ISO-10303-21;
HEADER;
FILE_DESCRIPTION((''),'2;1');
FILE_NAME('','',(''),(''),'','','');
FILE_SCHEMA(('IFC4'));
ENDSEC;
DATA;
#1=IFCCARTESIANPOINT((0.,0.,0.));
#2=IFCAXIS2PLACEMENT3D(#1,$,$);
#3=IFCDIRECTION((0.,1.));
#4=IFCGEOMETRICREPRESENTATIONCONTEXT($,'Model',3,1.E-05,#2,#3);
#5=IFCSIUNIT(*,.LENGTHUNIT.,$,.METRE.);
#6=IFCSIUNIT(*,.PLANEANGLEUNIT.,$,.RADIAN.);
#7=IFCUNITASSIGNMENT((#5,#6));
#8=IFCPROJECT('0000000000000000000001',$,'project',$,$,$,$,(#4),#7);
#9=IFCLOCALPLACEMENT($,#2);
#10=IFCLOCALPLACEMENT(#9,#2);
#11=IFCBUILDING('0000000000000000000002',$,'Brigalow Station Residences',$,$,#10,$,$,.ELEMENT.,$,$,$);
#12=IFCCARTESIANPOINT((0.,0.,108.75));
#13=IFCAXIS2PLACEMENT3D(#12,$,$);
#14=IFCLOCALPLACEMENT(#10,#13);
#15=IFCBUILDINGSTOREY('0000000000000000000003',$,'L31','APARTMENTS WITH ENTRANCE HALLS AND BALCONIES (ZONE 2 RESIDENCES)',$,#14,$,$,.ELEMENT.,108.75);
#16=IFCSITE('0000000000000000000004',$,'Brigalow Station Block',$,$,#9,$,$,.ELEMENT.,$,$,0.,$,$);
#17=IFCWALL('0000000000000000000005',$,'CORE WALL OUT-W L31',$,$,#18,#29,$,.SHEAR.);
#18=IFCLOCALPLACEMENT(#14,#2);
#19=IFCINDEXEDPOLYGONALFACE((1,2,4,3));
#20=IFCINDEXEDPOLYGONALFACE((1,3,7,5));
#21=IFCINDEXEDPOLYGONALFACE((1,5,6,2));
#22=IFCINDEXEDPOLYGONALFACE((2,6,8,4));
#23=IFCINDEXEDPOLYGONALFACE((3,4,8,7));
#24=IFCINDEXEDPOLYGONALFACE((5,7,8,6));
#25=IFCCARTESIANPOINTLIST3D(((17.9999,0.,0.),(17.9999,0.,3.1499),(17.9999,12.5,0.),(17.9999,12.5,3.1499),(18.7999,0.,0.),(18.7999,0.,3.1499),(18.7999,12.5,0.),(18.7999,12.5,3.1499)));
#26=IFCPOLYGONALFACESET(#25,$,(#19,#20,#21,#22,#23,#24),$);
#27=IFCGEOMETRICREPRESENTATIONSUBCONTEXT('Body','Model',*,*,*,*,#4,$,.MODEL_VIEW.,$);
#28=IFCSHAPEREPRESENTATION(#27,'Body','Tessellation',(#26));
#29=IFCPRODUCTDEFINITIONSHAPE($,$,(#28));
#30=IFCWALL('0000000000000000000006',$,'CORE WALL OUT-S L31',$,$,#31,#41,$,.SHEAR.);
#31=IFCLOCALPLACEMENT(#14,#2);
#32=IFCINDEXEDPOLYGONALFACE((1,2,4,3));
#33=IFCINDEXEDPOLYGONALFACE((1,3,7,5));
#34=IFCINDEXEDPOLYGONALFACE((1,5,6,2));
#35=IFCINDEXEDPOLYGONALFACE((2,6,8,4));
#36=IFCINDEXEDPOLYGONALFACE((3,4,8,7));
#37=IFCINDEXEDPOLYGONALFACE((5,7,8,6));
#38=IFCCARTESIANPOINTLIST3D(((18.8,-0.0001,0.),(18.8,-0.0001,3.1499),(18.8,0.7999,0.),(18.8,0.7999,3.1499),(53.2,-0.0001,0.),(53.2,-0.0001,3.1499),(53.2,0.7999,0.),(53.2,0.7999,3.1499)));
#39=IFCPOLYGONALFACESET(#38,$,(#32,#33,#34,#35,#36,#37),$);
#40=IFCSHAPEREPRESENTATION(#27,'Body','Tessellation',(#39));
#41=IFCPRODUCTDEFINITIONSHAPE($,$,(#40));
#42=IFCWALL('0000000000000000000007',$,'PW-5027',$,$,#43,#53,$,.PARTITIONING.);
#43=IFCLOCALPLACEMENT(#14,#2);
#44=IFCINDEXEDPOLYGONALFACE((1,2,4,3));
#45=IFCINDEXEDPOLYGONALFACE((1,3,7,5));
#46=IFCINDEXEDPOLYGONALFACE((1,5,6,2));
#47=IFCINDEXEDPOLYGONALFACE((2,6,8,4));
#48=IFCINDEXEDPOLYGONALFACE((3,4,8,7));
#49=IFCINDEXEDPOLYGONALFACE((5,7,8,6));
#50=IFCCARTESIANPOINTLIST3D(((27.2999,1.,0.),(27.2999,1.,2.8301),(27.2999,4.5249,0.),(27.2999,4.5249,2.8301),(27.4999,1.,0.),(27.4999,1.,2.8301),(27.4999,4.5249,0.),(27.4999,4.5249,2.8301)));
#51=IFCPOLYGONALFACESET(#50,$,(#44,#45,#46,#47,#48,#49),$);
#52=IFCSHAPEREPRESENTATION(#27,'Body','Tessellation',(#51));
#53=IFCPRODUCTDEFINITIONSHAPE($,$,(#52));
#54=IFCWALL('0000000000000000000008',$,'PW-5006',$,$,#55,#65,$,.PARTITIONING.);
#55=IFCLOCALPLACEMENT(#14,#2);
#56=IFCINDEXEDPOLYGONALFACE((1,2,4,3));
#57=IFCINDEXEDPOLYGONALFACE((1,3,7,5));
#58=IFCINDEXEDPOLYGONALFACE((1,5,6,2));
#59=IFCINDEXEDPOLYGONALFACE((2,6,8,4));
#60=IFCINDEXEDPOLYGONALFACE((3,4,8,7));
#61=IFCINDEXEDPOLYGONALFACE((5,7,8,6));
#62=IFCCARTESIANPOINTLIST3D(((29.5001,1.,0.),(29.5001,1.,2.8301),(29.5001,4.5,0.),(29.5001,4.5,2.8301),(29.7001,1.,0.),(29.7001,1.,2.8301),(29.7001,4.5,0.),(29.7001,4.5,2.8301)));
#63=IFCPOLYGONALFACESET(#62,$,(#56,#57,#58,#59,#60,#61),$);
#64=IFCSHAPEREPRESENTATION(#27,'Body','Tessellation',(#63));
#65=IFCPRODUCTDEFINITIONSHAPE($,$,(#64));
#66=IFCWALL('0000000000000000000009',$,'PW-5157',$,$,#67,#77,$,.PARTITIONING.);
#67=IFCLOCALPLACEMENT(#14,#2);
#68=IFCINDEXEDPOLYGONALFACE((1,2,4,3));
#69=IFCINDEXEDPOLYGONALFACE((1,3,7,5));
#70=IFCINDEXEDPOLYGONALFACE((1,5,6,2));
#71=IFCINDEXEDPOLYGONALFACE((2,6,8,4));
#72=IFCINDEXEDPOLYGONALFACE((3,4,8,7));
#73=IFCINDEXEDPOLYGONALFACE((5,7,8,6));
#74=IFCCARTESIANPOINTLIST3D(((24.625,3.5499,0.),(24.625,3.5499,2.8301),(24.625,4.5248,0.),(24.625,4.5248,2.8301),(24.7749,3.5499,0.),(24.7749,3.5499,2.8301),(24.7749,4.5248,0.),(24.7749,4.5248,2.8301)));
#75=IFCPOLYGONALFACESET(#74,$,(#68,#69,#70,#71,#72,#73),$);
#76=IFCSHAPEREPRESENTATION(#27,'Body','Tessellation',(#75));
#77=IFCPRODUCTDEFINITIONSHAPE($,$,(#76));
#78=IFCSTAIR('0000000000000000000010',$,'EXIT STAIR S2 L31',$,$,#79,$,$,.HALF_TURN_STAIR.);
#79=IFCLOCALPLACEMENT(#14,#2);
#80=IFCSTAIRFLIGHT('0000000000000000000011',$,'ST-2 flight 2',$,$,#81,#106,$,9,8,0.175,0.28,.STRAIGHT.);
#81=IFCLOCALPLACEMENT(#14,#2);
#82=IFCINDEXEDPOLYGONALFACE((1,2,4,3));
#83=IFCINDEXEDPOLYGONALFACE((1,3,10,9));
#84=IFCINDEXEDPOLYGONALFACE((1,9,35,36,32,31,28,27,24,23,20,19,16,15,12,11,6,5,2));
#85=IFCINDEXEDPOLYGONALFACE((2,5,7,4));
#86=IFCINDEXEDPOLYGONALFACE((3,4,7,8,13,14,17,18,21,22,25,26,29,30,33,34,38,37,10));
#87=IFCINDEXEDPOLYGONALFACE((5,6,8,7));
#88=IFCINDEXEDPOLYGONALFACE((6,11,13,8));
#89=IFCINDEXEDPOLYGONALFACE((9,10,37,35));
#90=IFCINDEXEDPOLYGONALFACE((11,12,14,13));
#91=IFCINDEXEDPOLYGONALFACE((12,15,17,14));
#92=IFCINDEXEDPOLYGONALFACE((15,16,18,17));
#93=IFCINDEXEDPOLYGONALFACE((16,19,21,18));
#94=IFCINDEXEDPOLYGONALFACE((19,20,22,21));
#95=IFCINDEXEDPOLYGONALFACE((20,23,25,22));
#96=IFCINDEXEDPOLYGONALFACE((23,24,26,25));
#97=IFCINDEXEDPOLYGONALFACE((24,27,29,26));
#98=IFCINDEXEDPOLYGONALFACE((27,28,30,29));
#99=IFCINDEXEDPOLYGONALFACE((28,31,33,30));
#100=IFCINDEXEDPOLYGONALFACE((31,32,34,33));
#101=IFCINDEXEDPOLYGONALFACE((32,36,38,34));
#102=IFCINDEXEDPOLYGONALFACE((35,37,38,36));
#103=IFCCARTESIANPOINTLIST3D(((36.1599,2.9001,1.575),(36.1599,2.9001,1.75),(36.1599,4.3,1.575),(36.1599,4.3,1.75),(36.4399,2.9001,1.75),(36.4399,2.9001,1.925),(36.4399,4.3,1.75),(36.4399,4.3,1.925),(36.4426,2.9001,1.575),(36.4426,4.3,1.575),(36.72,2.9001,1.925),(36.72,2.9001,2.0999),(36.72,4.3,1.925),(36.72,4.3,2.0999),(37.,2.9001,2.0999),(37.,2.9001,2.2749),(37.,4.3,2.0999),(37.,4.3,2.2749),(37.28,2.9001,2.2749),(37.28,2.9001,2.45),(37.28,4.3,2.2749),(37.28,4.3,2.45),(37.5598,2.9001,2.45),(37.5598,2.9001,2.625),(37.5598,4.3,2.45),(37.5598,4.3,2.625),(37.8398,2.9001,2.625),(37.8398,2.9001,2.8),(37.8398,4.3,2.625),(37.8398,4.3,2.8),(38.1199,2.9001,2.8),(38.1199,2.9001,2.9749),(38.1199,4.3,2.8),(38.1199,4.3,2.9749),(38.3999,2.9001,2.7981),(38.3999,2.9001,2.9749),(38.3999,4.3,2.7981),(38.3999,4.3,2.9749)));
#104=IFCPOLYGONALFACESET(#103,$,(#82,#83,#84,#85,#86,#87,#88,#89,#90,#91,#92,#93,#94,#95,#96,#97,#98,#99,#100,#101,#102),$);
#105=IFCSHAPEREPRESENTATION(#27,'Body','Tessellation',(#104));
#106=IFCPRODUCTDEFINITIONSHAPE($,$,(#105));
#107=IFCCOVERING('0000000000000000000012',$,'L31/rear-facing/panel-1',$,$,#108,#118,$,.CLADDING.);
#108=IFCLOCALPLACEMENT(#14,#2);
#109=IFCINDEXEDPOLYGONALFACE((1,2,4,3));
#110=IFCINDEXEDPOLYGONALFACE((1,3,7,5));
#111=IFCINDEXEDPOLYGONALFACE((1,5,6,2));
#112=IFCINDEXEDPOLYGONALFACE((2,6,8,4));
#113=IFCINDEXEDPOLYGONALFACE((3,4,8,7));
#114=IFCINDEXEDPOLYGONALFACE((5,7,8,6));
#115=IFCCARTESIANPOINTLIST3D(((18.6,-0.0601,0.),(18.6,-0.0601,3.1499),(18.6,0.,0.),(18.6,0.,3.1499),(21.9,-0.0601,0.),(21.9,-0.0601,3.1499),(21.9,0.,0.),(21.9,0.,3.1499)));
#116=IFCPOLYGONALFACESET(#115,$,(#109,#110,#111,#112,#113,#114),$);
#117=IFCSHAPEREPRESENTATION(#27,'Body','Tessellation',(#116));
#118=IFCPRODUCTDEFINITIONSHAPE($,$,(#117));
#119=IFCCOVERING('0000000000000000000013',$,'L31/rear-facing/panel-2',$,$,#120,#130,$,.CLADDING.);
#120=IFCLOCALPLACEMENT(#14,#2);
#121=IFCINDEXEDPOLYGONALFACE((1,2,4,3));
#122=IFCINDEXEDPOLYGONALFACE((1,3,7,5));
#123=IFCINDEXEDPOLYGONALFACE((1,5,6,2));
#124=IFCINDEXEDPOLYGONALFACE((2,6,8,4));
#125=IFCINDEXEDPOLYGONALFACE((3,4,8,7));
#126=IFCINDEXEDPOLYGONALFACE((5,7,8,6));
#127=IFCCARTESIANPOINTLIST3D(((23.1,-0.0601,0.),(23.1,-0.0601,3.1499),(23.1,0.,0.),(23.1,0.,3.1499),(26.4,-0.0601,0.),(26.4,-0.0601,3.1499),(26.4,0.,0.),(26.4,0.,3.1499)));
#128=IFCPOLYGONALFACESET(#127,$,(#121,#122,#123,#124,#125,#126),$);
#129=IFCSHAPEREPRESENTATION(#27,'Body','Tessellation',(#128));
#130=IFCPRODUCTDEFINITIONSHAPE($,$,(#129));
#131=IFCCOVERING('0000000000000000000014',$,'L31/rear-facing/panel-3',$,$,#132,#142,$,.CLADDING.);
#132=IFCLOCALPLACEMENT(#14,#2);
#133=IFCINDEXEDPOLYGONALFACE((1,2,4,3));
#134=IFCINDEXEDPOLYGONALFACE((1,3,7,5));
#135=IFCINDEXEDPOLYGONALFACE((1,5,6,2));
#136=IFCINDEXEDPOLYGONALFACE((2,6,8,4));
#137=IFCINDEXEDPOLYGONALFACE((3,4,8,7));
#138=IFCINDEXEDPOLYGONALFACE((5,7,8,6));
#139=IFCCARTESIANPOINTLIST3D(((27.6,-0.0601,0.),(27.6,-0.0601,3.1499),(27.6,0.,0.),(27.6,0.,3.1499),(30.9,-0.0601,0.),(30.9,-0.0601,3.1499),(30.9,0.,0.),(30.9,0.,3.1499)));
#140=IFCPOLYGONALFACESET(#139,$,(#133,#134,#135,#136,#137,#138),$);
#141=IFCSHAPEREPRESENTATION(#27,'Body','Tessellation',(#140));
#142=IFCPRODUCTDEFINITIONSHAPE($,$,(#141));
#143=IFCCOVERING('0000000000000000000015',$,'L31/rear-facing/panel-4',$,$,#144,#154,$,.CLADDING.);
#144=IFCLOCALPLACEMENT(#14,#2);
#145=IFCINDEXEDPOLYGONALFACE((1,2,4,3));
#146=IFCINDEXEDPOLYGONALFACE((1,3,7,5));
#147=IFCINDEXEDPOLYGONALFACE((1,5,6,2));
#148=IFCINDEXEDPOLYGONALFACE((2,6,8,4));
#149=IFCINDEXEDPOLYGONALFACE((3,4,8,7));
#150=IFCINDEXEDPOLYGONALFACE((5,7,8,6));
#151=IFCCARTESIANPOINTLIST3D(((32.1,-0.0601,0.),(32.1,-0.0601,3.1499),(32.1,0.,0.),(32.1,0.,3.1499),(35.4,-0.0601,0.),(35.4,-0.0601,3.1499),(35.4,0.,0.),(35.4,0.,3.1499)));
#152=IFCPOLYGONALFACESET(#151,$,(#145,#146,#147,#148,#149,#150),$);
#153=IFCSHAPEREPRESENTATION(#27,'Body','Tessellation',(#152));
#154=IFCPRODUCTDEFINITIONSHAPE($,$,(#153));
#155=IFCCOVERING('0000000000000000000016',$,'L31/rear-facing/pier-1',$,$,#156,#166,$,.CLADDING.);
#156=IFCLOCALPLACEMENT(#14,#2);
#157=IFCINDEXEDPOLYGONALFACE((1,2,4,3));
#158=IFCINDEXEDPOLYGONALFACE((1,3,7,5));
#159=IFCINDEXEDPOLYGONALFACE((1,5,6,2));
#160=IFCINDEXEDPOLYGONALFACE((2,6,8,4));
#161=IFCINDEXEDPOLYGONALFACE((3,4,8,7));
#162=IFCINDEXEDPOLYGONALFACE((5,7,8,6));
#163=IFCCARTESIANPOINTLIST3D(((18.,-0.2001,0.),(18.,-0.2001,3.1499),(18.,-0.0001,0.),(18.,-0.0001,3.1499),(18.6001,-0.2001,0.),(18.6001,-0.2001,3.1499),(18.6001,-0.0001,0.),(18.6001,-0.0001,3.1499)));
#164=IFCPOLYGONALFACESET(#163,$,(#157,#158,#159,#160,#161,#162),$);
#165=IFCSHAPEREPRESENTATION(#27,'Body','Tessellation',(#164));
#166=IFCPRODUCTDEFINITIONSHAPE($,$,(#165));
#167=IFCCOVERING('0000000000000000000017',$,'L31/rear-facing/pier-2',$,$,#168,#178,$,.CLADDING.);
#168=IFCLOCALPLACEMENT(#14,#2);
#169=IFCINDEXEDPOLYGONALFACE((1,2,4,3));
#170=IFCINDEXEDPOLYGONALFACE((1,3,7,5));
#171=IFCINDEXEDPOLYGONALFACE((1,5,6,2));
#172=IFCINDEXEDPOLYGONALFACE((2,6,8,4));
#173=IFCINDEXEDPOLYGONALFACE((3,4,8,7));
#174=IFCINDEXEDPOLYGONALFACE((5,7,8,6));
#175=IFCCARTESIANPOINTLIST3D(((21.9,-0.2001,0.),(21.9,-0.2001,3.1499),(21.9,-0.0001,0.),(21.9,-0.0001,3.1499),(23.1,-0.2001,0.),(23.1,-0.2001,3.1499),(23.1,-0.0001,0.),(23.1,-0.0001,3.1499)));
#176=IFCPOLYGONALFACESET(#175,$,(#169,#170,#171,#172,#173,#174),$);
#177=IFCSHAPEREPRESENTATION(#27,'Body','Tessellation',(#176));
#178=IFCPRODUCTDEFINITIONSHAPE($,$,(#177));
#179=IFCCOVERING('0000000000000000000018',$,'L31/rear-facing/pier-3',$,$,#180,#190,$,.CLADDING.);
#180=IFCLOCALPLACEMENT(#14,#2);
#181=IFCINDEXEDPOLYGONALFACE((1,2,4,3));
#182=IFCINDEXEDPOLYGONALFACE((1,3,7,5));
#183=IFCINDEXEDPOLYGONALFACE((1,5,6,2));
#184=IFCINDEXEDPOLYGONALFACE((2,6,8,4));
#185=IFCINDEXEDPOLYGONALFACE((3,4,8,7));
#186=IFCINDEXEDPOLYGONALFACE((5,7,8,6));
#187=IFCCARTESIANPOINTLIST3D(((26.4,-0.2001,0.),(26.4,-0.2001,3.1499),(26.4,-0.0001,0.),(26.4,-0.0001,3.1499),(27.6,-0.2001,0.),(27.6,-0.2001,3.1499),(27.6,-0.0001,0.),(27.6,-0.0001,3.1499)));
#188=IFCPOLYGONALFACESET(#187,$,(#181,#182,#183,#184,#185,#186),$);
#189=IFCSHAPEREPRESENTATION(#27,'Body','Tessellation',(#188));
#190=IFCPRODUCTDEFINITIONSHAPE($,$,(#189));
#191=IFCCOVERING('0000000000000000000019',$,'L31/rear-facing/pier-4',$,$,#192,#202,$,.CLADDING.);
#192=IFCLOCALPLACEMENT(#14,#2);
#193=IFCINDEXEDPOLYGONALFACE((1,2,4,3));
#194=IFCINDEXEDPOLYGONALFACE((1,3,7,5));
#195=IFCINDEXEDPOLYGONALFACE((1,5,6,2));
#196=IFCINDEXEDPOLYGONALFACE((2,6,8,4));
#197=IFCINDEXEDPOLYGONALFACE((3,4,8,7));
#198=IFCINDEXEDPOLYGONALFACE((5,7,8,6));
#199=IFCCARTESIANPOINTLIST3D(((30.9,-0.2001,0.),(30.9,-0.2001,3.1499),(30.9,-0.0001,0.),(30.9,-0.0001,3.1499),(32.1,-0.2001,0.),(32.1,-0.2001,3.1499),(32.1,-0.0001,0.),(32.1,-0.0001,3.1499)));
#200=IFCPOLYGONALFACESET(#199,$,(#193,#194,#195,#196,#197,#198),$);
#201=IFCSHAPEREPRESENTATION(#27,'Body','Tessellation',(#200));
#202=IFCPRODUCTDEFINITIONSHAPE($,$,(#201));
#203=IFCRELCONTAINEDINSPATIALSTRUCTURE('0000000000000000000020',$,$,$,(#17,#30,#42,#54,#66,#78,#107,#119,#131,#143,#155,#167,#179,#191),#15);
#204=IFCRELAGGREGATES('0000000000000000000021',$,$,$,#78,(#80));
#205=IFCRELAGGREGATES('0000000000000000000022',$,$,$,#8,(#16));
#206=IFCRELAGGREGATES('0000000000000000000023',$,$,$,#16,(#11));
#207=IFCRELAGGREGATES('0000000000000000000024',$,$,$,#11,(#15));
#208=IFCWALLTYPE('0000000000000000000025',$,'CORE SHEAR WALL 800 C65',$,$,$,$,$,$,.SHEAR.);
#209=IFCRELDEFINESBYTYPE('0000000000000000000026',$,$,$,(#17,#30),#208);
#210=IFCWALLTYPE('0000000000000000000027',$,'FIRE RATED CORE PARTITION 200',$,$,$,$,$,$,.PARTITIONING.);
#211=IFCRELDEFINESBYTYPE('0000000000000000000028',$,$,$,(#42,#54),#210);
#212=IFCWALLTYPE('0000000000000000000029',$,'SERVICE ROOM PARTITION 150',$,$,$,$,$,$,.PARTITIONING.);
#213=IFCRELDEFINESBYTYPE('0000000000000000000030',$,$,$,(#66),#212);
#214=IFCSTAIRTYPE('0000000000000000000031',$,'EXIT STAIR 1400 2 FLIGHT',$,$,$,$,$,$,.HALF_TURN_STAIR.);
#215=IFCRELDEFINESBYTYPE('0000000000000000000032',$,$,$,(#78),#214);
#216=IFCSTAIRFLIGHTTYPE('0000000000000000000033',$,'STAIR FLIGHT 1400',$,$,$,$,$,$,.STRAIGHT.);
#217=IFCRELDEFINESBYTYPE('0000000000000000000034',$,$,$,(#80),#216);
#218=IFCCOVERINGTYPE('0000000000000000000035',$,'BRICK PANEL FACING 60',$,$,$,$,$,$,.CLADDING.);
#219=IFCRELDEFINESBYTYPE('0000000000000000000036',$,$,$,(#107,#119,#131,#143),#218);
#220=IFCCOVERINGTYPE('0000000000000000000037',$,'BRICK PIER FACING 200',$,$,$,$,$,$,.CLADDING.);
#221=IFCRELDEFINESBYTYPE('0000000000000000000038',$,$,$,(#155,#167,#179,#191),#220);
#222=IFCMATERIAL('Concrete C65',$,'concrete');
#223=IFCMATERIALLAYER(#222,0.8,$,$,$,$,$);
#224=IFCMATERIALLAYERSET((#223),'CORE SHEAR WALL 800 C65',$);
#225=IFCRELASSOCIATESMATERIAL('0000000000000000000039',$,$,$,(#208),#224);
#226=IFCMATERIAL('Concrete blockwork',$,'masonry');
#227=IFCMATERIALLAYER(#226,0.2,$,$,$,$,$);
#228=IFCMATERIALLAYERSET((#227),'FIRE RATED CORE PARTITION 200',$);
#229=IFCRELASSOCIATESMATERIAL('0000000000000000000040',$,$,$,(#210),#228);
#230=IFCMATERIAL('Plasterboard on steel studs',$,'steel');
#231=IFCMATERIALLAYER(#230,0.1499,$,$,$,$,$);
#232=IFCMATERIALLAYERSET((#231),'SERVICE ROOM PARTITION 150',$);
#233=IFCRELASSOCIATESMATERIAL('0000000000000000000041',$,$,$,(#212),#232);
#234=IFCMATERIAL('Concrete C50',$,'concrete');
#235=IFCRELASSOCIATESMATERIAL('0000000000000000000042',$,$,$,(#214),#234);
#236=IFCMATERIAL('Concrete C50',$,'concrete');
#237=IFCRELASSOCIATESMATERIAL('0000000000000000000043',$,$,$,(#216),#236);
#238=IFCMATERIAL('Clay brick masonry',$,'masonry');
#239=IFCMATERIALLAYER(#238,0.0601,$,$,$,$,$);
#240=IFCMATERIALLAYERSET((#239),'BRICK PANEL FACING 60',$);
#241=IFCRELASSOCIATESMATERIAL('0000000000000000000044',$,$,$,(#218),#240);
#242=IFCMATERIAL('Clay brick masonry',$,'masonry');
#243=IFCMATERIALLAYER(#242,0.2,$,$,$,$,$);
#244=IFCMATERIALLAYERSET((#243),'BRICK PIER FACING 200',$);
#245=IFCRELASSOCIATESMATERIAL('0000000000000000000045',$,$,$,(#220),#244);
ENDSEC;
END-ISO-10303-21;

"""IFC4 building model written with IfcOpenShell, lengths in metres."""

from ifc_helpers import new_model, si_unit, direction, frame, frame_2d, origin, origin_2d, place, context, subcontext, project, spatial, polyline, rectangle, outline, extrude, material, layer, layer_set, type_object, element, aggregate, save


model = new_model("IFC4")

# Units and contexts
model_context = context("Model", 3, precision=1e-05, world=origin(), true_north=direction((0.0, 1.0)))
body_context = subcontext(model_context, "Body", "Model", "MODEL_VIEW")
ifc_project = project(units=[si_unit("LENGTHUNIT", "METRE"), si_unit("PLANEANGLEUNIT", "RADIAN")], contexts=[model_context])

# Site, building, storey
site_placement = place(None, origin())
site = spatial("IfcSite", under=ifc_project, at=site_placement, Name="Brigalow Station Block", CompositionType="ELEMENT", RefElevation=0.0)
building_placement = place(site_placement, origin())
building = spatial("IfcBuilding", under=site, at=building_placement, Name="Brigalow Station Residences", CompositionType="ELEMENT")
storey_placement = place(building_placement, frame((0.0, 0.0, 108.75)))
storey = spatial("IfcBuildingStorey", under=building, at=storey_placement, Name="L31", Description="APARTMENTS WITH ENTRANCE HALLS AND BALCONIES (ZONE 2 RESIDENCES)", CompositionType="ELEMENT", Elevation=108.75)

# Walls
ifc_material_1 = material(Name="Concrete C65", Category="concrete")
ifc_layer_1 = layer(ifc_material_1, 0.8)
ifc_layer_set_1 = layer_set([ifc_layer_1], Name="CORE SHEAR WALL 800 C65")
wall_type_1 = type_object("IfcWallType", Name="CORE SHEAR WALL 800 C65", PredefinedType="SHEAR", material=ifc_layer_set_1)
wall_1_placement = place(storey_placement, frame((18.3999, 0.0, 0.0), z_axis=(0.0, 0.0, 1.0), x_axis=(0.0, 1.0, 0.0)))
element("IfcWall", 1, at=wall_1_placement, inside=storey, type_object=wall_type_1, Name="CORE WALL OUT-W L31", PredefinedType="SHEAR", context=body_context, shape_type="SweptSolid", body=[
    extrude(rectangle(XDim=12.5, YDim=0.8, at=frame_2d((6.25, 0.0))), origin(), (0.0, 0.0, 1.0), 3.1499),
])
wall_2_placement = place(storey_placement, frame((18.8, 0.3999, 0.0), z_axis=(0.0, 0.0, 1.0), x_axis=(1.0, 0.0, 0.0)))
element("IfcWall", 2, at=wall_2_placement, inside=storey, type_object=wall_type_1, Name="CORE WALL OUT-S L31", PredefinedType="SHEAR", context=body_context, shape_type="SweptSolid", body=[
    extrude(rectangle(XDim=34.3999, YDim=0.8, at=frame_2d((17.2, 0.0))), origin(), (0.0, 0.0, 1.0), 3.1499),
])
ifc_material_2 = material(Name="Concrete blockwork", Category="masonry")
ifc_layer_2 = layer(ifc_material_2, 0.2)
ifc_layer_set_2 = layer_set([ifc_layer_2], Name="FIRE RATED CORE PARTITION 200")
wall_type_2 = type_object("IfcWallType", Name="FIRE RATED CORE PARTITION 200", PredefinedType="PARTITIONING", material=ifc_layer_set_2)
wall_3_placement = place(storey_placement, frame((27.3999, 1.0, 0.0), z_axis=(0.0, 0.0, 1.0), x_axis=(0.0, 1.0, 0.0)))
element("IfcWall", 3, at=wall_3_placement, inside=storey, type_object=wall_type_2, Name="PW-5027", PredefinedType="PARTITIONING", context=body_context, shape_type="SweptSolid", body=[
    extrude(rectangle(XDim=3.5249, YDim=0.2, at=frame_2d((1.7625, 0.0))), origin(), (0.0, 0.0, 1.0), 2.8301),
])
wall_4_placement = place(storey_placement, frame((29.6001, 1.0, 0.0), z_axis=(0.0, 0.0, 1.0), x_axis=(0.0, 1.0, 0.0)))
element("IfcWall", 4, at=wall_4_placement, inside=storey, type_object=wall_type_2, Name="PW-5006", PredefinedType="PARTITIONING", context=body_context, shape_type="SweptSolid", body=[
    extrude(rectangle(XDim=3.5, YDim=0.2, at=frame_2d((1.75, 0.0))), origin(), (0.0, 0.0, 1.0), 2.8301),
])
ifc_material_3 = material(Name="Plasterboard on steel studs", Category="steel")
ifc_layer_3 = layer(ifc_material_3, 0.1499)
ifc_layer_set_3 = layer_set([ifc_layer_3], Name="SERVICE ROOM PARTITION 150")
wall_type_3 = type_object("IfcWallType", Name="SERVICE ROOM PARTITION 150", PredefinedType="PARTITIONING", material=ifc_layer_set_3)
wall_5_placement = place(storey_placement, frame((24.7, 3.55, 0.0), z_axis=(0.0, 0.0, 1.0), x_axis=(0.0, 1.0, 0.0)))
element("IfcWall", 5, at=wall_5_placement, inside=storey, type_object=wall_type_3, Name="PW-5157", PredefinedType="PARTITIONING", context=body_context, shape_type="SweptSolid", body=[
    extrude(rectangle(XDim=0.9749, YDim=0.1499, at=frame_2d((0.4873, 0.0))), origin(), (0.0, 0.0, 1.0), 2.8301),
])

# Stair, stair flight
ifc_material_4 = material(Name="Concrete C50", Category="concrete")
stair_type = type_object("IfcStairType", Name="EXIT STAIR 1400 2 FLIGHT", PredefinedType="HALF_TURN_STAIR", material=ifc_material_4)
stair_placement = place(storey_placement, origin())
stair = element("IfcStair", 6, at=stair_placement, inside=storey, type_object=stair_type, Name="EXIT STAIR S2 L31", PredefinedType="HALF_TURN_STAIR")
ifc_material_5 = material(Name="Concrete C50", Category="concrete")
stair_flight_type = type_object("IfcStairFlightType", Name="STAIR FLIGHT 1400", PredefinedType="STRAIGHT", material=ifc_material_5)
stair_flight_placement = place(storey_placement, frame((36.1599, 3.6001, 1.575), z_axis=(0.0, 0.0, 1.0), x_axis=(1.0, 0.0, 0.0)))
stair_flight = element("IfcStairFlight", 7, at=stair_flight_placement, type_object=stair_flight_type, Name="ST-2 flight 2", NumberOfRisers=9, NumberOfTreads=8, PredefinedType="STRAIGHT", RiserHeight=0.175, TreadLength=0.28, context=body_context, shape_type="SweptSolid", body=[
    extrude(outline(polyline([(0.0, 0.0), (0.0, 0.175), (0.28, 0.175), (0.28, 0.3501), (0.5601, 0.3501), (0.5601, 0.5249), (0.8401, 0.5249), (0.8401, 0.7), (1.1201, 0.7), (1.1201, 0.875), (1.3999, 0.875), (1.3999, 1.05), (1.6799, 1.05), (1.6799, 1.2251), (1.96, 1.2251), (1.96, 1.3999), (2.24, 1.3999), (2.24, 1.575), (2.24, 1.2231), (0.2827, 0.0), (0.0, 0.0)])), frame((0.0, 0.7, 0.0), z_axis=(0.0, -1.0, 0.0), x_axis=(1.0, 0.0, 0.0)), (0.0, 0.0, 1.0), 1.3999),
])
aggregate(stair, [stair_flight])

# Coverings
ifc_material_6 = material(Name="Clay brick masonry", Category="masonry")
ifc_layer_4 = layer(ifc_material_6, 0.0601)
ifc_layer_set_4 = layer_set([ifc_layer_4], Name="BRICK PANEL FACING 60")
covering_type_1 = type_object("IfcCoveringType", Name="BRICK PANEL FACING 60", PredefinedType="CLADDING", material=ifc_layer_set_4)
for number, where, z_axis, x_axis, name in (
    (8, (20.25, -0.03, 0.0), (0.0, 0.0, 1.0), (1.0, 0.0, 0.0), "L31/rear-facing/panel-1"),
    (9, (24.75, -0.03, 0.0), (0.0, 0.0, 1.0), (1.0, 0.0, 0.0), "L31/rear-facing/panel-2"),
    (10, (29.25, -0.03, 0.0), (0.0, 0.0, 1.0), (1.0, 0.0, 0.0), "L31/rear-facing/panel-3"),
    (11, (33.75, -0.03, 0.0), (0.0, 0.0, 1.0), (1.0, 0.0, 0.0), "L31/rear-facing/panel-4"),
):
    element("IfcCovering", number, at=place(storey_placement, frame(where, z_axis=z_axis, x_axis=x_axis)), inside=storey, type_object=covering_type_1, Name=name, PredefinedType="CLADDING", context=body_context, shape_type="SweptSolid", body=[
        extrude(rectangle(XDim=3.3, YDim=0.0601, at=origin_2d()), origin(), (0.0, 0.0, 1.0), 3.1499),
    ])
ifc_material_7 = material(Name="Clay brick masonry", Category="masonry")
ifc_layer_5 = layer(ifc_material_7, 0.2)
ifc_layer_set_5 = layer_set([ifc_layer_5], Name="BRICK PIER FACING 200")
covering_type_2 = type_object("IfcCoveringType", Name="BRICK PIER FACING 200", PredefinedType="CLADDING", material=ifc_layer_set_5)
covering_placement = place(storey_placement, frame((18.3, -0.1001, 0.0), z_axis=(0.0, 0.0, 1.0), x_axis=(1.0, 0.0, 0.0)))
element("IfcCovering", 12, at=covering_placement, inside=storey, type_object=covering_type_2, Name="L31/rear-facing/pier-1", PredefinedType="CLADDING", context=body_context, shape_type="SweptSolid", body=[
    extrude(rectangle(XDim=0.6001, YDim=0.2, at=origin_2d()), origin(), (0.0, 0.0, 1.0), 3.1499),
])
for number, where, z_axis, x_axis, name in (
    (13, (22.5, -0.1001, 0.0), (0.0, 0.0, 1.0), (1.0, 0.0, 0.0), "L31/rear-facing/pier-2"),
    (14, (27.0, -0.1001, 0.0), (0.0, 0.0, 1.0), (1.0, 0.0, 0.0), "L31/rear-facing/pier-3"),
    (15, (31.5, -0.1001, 0.0), (0.0, 0.0, 1.0), (1.0, 0.0, 0.0), "L31/rear-facing/pier-4"),
):
    element("IfcCovering", number, at=place(storey_placement, frame(where, z_axis=z_axis, x_axis=x_axis)), inside=storey, type_object=covering_type_2, Name=name, PredefinedType="CLADDING", context=body_context, shape_type="SweptSolid", body=[
        extrude(rectangle(XDim=1.2, YDim=0.2, at=origin_2d()), origin(), (0.0, 0.0, 1.0), 3.1499),
    ])

save(model, "model.ifc")
